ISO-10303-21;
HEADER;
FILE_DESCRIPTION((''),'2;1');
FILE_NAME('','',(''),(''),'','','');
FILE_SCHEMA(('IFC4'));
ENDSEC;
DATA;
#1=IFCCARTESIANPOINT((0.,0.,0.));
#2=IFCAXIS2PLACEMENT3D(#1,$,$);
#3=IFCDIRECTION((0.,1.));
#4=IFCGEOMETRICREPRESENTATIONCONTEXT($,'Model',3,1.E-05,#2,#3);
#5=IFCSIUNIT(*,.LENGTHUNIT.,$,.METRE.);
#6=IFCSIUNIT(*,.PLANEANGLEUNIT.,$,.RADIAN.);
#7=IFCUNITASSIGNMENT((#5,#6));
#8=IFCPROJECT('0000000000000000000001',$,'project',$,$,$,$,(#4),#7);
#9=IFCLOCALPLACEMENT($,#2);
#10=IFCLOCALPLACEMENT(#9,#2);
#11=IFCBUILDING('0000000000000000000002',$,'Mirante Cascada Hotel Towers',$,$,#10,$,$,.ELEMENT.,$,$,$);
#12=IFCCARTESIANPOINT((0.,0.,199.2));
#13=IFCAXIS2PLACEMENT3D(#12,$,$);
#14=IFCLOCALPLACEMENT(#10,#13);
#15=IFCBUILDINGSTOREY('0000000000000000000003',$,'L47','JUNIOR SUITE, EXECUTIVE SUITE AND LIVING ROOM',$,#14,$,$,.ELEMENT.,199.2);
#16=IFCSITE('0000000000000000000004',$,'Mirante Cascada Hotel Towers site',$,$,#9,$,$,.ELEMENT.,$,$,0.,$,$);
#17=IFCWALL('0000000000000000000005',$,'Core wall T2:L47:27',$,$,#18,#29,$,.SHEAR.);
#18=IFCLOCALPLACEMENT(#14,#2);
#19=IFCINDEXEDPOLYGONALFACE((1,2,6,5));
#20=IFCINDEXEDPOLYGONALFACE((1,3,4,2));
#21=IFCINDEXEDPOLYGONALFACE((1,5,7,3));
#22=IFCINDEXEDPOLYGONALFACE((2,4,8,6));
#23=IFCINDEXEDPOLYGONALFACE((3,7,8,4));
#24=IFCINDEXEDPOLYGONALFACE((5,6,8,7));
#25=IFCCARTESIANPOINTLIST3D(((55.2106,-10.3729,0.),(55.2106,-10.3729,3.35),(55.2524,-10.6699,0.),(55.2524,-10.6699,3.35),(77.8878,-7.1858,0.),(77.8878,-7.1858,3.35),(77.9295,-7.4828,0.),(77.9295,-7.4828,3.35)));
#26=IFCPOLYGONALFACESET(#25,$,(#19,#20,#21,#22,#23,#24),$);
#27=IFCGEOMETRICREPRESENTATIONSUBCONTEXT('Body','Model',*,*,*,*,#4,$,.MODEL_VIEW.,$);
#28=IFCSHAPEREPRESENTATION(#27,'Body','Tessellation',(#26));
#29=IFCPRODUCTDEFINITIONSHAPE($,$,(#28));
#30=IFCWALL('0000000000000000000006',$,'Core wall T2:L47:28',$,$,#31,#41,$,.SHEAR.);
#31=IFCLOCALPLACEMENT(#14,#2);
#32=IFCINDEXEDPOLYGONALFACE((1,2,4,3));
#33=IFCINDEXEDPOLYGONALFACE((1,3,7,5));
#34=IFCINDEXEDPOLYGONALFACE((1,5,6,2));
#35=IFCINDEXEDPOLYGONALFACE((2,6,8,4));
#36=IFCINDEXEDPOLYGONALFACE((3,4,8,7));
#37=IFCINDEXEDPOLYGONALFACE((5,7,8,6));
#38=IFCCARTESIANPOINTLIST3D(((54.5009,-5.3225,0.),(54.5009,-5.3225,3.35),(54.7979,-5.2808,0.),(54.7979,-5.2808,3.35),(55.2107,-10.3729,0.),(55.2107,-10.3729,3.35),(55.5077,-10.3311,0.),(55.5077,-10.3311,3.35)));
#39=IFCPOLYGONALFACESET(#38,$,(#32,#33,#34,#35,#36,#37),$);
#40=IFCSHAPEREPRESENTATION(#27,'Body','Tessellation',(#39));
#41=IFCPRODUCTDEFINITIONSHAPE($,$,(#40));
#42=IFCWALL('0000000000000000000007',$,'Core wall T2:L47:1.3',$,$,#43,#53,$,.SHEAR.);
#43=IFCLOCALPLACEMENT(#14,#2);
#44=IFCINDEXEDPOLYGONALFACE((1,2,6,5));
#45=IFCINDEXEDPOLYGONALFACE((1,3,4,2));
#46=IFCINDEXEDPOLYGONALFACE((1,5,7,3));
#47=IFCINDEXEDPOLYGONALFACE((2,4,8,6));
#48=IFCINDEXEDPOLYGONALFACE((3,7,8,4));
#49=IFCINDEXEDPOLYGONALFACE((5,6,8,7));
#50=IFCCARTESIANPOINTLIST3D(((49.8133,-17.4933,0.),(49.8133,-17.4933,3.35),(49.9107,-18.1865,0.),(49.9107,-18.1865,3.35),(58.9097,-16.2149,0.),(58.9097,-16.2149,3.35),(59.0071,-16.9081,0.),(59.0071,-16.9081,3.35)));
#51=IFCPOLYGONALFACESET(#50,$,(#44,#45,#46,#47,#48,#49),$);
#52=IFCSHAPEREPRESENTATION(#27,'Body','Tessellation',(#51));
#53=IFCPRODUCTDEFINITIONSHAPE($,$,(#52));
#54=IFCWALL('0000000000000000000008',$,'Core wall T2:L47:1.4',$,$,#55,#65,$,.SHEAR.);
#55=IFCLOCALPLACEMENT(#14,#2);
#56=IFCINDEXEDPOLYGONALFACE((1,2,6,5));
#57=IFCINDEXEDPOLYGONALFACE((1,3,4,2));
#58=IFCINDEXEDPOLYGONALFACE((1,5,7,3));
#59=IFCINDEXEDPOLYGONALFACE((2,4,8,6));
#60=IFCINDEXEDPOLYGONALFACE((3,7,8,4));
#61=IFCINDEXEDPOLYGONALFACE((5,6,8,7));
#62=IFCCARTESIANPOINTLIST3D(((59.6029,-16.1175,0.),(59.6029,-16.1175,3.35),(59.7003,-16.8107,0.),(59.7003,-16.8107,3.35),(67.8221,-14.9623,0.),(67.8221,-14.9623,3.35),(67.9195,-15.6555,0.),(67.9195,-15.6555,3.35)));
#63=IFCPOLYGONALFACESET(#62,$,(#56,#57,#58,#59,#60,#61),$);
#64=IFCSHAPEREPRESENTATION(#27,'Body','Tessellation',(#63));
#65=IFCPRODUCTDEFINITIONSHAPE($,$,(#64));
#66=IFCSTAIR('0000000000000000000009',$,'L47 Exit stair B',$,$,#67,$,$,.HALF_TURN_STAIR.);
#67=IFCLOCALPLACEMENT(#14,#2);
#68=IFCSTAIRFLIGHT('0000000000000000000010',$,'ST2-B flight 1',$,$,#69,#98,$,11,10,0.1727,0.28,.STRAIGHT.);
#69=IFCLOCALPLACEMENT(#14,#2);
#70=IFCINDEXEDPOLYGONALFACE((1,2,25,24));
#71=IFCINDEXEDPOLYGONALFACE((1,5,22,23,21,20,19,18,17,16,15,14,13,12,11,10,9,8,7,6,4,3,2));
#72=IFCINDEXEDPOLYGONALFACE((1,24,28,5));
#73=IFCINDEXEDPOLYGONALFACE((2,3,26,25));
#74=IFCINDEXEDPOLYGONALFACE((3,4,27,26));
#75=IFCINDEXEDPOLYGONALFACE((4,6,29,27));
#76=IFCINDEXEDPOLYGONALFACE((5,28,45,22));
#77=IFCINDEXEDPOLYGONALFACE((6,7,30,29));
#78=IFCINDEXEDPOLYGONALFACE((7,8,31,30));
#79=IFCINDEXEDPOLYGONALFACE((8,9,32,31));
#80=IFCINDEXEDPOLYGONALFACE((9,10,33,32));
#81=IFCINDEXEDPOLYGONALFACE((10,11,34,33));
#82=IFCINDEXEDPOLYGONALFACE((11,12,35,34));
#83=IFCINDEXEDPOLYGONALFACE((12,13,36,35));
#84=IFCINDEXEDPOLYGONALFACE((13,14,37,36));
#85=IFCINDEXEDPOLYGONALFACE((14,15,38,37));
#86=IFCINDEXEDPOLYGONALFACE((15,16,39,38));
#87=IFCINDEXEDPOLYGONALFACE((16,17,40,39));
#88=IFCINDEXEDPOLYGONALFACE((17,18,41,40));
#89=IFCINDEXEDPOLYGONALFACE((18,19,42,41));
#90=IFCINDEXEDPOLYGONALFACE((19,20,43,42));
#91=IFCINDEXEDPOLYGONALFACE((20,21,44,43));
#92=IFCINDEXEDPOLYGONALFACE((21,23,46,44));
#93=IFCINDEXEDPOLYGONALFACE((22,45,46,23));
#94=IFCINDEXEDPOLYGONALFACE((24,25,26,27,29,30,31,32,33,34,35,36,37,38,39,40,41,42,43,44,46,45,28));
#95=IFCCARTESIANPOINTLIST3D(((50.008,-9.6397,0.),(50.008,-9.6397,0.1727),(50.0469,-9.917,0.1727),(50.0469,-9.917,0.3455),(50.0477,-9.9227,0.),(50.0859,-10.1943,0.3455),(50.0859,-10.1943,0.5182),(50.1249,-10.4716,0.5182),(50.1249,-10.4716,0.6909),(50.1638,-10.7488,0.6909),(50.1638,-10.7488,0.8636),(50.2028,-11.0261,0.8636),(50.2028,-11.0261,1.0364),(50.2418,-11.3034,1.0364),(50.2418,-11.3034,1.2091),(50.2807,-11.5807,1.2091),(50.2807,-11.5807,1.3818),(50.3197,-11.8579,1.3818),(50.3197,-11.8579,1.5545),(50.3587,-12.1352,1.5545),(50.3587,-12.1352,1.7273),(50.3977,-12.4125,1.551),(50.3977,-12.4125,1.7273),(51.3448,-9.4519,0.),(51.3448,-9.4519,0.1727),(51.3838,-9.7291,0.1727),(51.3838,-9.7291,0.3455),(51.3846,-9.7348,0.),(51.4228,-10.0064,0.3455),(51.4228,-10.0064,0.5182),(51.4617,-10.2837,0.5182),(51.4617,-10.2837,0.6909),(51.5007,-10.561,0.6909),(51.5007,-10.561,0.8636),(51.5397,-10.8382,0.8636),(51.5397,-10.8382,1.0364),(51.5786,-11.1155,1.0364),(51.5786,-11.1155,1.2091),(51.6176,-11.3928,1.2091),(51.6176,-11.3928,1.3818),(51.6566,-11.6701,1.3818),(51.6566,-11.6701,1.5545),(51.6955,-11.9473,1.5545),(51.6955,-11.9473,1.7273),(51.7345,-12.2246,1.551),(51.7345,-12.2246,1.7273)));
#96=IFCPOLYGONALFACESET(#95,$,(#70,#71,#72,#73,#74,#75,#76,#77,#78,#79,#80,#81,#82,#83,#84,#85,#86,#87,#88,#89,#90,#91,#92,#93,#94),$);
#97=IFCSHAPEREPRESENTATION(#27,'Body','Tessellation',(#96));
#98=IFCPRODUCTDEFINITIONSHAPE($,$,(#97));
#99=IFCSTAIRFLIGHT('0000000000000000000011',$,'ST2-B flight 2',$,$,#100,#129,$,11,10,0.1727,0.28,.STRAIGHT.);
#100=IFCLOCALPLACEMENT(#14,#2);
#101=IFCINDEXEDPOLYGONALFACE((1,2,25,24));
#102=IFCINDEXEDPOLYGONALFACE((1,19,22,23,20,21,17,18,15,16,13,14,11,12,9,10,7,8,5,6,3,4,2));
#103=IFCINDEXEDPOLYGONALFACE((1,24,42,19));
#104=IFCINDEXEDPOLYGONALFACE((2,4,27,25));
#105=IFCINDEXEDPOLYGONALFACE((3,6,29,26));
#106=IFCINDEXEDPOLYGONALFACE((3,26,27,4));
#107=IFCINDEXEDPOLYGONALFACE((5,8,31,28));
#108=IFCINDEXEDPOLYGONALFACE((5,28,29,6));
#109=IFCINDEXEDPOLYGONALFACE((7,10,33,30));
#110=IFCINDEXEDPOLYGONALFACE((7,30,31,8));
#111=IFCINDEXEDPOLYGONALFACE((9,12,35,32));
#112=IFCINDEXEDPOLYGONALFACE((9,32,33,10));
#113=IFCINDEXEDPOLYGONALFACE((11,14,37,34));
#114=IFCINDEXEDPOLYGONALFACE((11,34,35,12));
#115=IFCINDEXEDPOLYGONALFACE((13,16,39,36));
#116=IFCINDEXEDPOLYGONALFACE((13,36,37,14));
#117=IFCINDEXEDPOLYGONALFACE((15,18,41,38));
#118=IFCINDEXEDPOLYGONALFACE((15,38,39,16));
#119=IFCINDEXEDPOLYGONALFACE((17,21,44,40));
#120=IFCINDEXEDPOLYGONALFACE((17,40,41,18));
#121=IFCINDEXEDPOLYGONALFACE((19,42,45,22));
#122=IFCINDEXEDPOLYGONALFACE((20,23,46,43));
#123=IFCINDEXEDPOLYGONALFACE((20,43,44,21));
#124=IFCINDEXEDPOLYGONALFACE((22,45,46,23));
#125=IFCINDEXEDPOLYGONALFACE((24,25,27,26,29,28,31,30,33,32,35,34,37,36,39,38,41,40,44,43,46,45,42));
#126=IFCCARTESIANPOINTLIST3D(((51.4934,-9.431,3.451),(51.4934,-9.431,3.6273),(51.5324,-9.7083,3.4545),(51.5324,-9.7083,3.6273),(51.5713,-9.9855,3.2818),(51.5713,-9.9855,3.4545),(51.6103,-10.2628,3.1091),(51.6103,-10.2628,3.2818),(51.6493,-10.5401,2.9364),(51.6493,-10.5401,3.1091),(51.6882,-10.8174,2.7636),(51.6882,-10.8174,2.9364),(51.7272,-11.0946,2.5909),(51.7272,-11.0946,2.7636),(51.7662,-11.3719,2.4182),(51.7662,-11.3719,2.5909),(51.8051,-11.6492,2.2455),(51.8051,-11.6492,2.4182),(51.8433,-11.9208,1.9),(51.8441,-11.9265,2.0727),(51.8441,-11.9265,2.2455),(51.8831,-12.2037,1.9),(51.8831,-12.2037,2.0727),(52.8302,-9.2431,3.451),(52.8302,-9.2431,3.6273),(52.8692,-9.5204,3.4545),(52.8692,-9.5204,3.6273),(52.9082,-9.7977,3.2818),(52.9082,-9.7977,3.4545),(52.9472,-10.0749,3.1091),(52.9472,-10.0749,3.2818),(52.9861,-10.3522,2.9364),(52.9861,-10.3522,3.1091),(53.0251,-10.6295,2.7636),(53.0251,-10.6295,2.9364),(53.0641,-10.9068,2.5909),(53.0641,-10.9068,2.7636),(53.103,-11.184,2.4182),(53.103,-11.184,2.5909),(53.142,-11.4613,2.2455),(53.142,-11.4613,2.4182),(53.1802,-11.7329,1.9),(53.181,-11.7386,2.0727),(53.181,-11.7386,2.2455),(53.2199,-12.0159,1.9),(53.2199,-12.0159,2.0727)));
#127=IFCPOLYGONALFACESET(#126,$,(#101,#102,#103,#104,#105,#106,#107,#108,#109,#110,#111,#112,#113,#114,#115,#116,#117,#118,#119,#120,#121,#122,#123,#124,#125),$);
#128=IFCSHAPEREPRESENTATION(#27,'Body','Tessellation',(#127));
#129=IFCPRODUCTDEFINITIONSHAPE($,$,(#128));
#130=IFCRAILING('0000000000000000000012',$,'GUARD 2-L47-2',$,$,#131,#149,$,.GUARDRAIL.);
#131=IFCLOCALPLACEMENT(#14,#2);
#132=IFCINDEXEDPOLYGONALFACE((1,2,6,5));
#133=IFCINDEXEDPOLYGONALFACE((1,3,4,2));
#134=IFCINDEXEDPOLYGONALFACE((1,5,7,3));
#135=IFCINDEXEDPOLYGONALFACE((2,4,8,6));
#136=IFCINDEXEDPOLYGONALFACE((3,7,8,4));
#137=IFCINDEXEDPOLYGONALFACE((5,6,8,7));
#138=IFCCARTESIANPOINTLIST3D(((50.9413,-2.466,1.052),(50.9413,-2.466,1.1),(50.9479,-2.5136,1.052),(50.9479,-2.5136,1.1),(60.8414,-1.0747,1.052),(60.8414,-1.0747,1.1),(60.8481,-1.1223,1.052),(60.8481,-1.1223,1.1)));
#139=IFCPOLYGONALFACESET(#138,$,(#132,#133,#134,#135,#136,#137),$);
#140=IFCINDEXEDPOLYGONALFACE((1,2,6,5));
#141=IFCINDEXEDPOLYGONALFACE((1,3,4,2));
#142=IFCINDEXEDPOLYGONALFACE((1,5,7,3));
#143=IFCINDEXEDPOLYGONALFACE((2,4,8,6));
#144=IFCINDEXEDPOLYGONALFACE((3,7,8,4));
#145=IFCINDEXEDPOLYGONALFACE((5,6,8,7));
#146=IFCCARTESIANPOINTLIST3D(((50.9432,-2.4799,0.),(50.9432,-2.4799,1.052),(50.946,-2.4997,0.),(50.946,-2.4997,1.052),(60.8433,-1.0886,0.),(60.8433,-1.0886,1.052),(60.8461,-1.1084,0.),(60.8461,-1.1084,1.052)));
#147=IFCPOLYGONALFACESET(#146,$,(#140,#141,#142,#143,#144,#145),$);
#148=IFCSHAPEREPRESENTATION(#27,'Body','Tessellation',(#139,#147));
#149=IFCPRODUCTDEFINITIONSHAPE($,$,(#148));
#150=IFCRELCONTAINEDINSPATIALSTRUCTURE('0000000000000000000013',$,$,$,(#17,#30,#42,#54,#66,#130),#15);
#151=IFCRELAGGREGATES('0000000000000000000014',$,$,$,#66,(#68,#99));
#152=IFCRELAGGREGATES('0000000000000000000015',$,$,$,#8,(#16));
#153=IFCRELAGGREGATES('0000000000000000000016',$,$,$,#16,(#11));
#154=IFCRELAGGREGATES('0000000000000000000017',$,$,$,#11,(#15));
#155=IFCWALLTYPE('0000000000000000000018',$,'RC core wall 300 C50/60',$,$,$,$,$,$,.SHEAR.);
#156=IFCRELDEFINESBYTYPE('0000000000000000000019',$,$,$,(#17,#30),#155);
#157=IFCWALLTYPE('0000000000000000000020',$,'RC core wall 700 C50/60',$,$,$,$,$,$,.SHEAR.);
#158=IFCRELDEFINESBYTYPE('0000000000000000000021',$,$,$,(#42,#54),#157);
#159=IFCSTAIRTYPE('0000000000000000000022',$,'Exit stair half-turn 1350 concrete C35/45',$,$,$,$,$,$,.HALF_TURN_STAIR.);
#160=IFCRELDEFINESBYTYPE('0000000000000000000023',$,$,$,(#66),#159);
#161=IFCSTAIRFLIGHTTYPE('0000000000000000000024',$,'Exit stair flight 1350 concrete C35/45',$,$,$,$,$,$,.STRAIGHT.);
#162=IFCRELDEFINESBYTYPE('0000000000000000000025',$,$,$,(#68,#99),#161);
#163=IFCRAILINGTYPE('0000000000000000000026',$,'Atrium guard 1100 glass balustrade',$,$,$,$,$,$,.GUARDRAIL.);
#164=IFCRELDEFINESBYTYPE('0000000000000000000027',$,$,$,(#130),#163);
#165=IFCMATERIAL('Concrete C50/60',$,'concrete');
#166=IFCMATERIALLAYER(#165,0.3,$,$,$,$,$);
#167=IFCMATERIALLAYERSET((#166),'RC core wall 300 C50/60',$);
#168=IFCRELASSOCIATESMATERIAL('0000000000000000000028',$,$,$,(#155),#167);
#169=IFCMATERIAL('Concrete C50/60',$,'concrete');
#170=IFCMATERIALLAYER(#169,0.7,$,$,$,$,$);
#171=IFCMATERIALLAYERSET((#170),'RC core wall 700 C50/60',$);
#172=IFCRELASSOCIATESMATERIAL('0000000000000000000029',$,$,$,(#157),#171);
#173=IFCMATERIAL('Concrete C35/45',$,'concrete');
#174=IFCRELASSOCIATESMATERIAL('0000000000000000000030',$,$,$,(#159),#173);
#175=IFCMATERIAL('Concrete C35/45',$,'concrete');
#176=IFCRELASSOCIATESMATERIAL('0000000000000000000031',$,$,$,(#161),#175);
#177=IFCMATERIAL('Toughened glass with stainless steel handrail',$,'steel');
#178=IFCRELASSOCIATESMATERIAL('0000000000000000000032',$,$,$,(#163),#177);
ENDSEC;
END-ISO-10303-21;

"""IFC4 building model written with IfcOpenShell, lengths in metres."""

from ifc_helpers import new_model, si_unit, direction, frame, frame_2d, origin, origin_2d, place, context, subcontext, project, spatial, polyline, rectangle, outline, extrude, material, layer, layer_set, type_object, element, aggregate, save


model = new_model("IFC4")

# Units and contexts
model_context = context("Model", 3, precision=1e-05, world=origin(), true_north=direction((0.0, 1.0)))
body_context = subcontext(model_context, "Body", "Model", "MODEL_VIEW")
ifc_project = project(units=[si_unit("LENGTHUNIT", "METRE"), si_unit("PLANEANGLEUNIT", "RADIAN")], contexts=[model_context])

# Site, building, storey
site_placement = place(None, origin())
site = spatial("IfcSite", under=ifc_project, at=site_placement, Name="Mirante Cascada Hotel Towers site", CompositionType="ELEMENT", RefElevation=0.0)
building_placement = place(site_placement, origin())
building = spatial("IfcBuilding", under=site, at=building_placement, Name="Mirante Cascada Hotel Towers", CompositionType="ELEMENT")
storey_placement = place(building_placement, frame((0.0, 0.0, 199.2)))
storey = spatial("IfcBuildingStorey", under=building, at=storey_placement, Name="L47", Description="JUNIOR SUITE, EXECUTIVE SUITE AND LIVING ROOM", CompositionType="ELEMENT", Elevation=199.2)

# Shared definitions
ifc_material_1 = material(Name="Concrete C50/60", Category="concrete")
ifc_layer_1 = layer(ifc_material_1, 0.3)
ifc_layer_set_1 = layer_set([ifc_layer_1], Name="RC core wall 300 C50/60")
wall_type_1 = type_object("IfcWallType", Name="RC core wall 300 C50/60", PredefinedType="SHEAR", material=ifc_layer_set_1)

# Walls
wall_1_placement = place(storey_placement, frame((55.2315, -10.5214, 0.0), z_axis=(0.0, 0.0, 1.0), x_axis=(0.990268, 0.139175, 0.0)))
element("IfcWall", 1, at=wall_1_placement, inside=storey, type_object=wall_type_1, Name="Core wall T2:L47:27", PredefinedType="SHEAR", context=body_context, shape_type="SweptSolid", body=[
    extrude(rectangle(XDim=22.9, YDim=0.3, at=frame_2d((11.45, 0.0))), origin(), (0.0, 0.0, 1.0), 3.35),
])
wall_2_placement = place(storey_placement, frame((55.3592, -10.352, 0.0), z_axis=(0.0, 0.0, 1.0), x_axis=(-0.139176, 0.990268, 0.0)))
element("IfcWall", 2, at=wall_2_placement, inside=storey, type_object=wall_type_1, Name="Core wall T2:L47:28", PredefinedType="SHEAR", context=body_context, shape_type="SweptSolid", body=[
    extrude(rectangle(XDim=5.1, YDim=0.3, at=frame_2d((2.55, 0.0))), origin(), (0.0, 0.0, 1.0), 3.35),
])
ifc_material_2 = material(Name="Concrete C50/60", Category="concrete")
ifc_layer_2 = layer(ifc_material_2, 0.7)
ifc_layer_set_2 = layer_set([ifc_layer_2], Name="RC core wall 700 C50/60")
wall_type_2 = type_object("IfcWallType", Name="RC core wall 700 C50/60", PredefinedType="SHEAR", material=ifc_layer_set_2)
wall_3_placement = place(storey_placement, frame((49.862, -17.8399, 0.0), z_axis=(0.0, 0.0, 1.0), x_axis=(0.990268, 0.139171, 0.0)))
element("IfcWall", 3, at=wall_3_placement, inside=storey, type_object=wall_type_2, Name="Core wall T2:L47:1.3", PredefinedType="SHEAR", context=body_context, shape_type="SweptSolid", body=[
    extrude(rectangle(XDim=9.1858, YDim=0.7, at=frame_2d((4.5929, 0.0))), origin(), (0.0, 0.0, 1.0), 3.35),
])
wall_4_placement = place(storey_placement, frame((59.6516, -16.4641, 0.0), z_axis=(0.0, 0.0, 1.0), x_axis=(0.990267, 0.139181, 0.0)))
element("IfcWall", 4, at=wall_4_placement, inside=storey, type_object=wall_type_2, Name="Core wall T2:L47:1.4", PredefinedType="SHEAR", context=body_context, shape_type="SweptSolid", body=[
    extrude(rectangle(XDim=8.3, YDim=0.7, at=frame_2d((4.15, 0.0))), origin(), (0.0, 0.0, 1.0), 3.35),
])

# Stair, stair flights
ifc_material_3 = material(Name="Concrete C35/45", Category="concrete")
stair_type = type_object("IfcStairType", Name="Exit stair half-turn 1350 concrete C35/45", PredefinedType="HALF_TURN_STAIR", material=ifc_material_3)
stair_placement = place(storey_placement, origin())
stair = element("IfcStair", 5, at=stair_placement, inside=storey, type_object=stair_type, Name="L47 Exit stair B", PredefinedType="HALF_TURN_STAIR")
ifc_material_4 = material(Name="Concrete C35/45", Category="concrete")
stair_flight_type = type_object("IfcStairFlightType", Name="Exit stair flight 1350 concrete C35/45", PredefinedType="STRAIGHT", material=ifc_material_4)
stair_flight_1_placement = place(storey_placement, frame((50.6764, -9.5458, 0.0), z_axis=(0.0, 0.0, 1.0), x_axis=(0.139173, -0.990268, 0.0)))
stair_flight_1 = element("IfcStairFlight", 6, at=stair_flight_1_placement, type_object=stair_flight_type, Name="ST2-B flight 1", NumberOfRisers=11, NumberOfTreads=10, PredefinedType="STRAIGHT", RiserHeight=0.1727, TreadLength=0.28, context=body_context, shape_type="SweptSolid", body=[
    extrude(outline(polyline([(0.0, 0.0), (0.0, 0.1727), (0.28, 0.1727), (0.28, 0.3455), (0.56, 0.3455), (0.56, 0.5182), (0.84, 0.5182), (0.84, 0.6909), (1.12, 0.6909), (1.12, 0.8636), (1.4, 0.8636), (1.4, 1.0364), (1.68, 1.0364), (1.68, 1.2091), (1.96, 1.2091), (1.96, 1.3818), (2.24, 1.3818), (2.24, 1.5545), (2.52, 1.5545), (2.52, 1.7273), (2.8, 1.7273), (2.8, 1.9), (2.8, 1.551), (0.2857, 0.0), (0.0, 0.0)])), frame((0.0, 0.675, 0.0), z_axis=(0.0, -1.0, 0.0), x_axis=(1.0, 0.0, 0.0)), (0.0, 0.0, 1.0), 1.35),
])
stair_flight_2_placement = place(storey_placement, frame((52.5515, -12.1098, 1.9), z_axis=(0.0, 0.0, 1.0), x_axis=(-0.139173, 0.990268, 0.0)))
stair_flight_2 = element("IfcStairFlight", 7, at=stair_flight_2_placement, type_object=stair_flight_type, Name="ST2-B flight 2", NumberOfRisers=11, NumberOfTreads=10, PredefinedType="STRAIGHT", RiserHeight=0.1727, TreadLength=0.28, context=body_context, shape_type="SweptSolid", body=[
    extrude(outline(polyline([(0.0, 0.0), (0.0, 0.1727), (0.28, 0.1727), (0.28, 0.3455), (0.56, 0.3455), (0.56, 0.5182), (0.84, 0.5182), (0.84, 0.6909), (1.12, 0.6909), (1.12, 0.8636), (1.4, 0.8636), (1.4, 1.0364), (1.68, 1.0364), (1.68, 1.2091), (1.96, 1.2091), (1.96, 1.3818), (2.24, 1.3818), (2.24, 1.5545), (2.52, 1.5545), (2.52, 1.7273), (2.8, 1.7273), (2.8, 1.9), (2.8, 1.551), (0.2857, 0.0), (0.0, 0.0)])), frame((0.0, 0.675, 0.0), z_axis=(0.0, -1.0, 0.0), x_axis=(1.0, 0.0, 0.0)), (0.0, 0.0, 1.0), 1.35),
])
aggregate(stair, [stair_flight_1, stair_flight_2])

# Railing
ifc_material_5 = material(Name="Toughened glass with stainless steel handrail", Category="steel")
railing_type_1 = type_object("IfcRailingType", Name="Atrium guard 1100 glass balustrade", PredefinedType="GUARDRAIL", material=ifc_material_5)
railing_1_placement = place(storey_placement, frame((50.9446, -2.4898, 0.0)))
element("IfcRailing", 8, at=railing_1_placement, inside=storey, type_object=railing_type_1, Name="GUARD 2-L47-2", PredefinedType="GUARDRAIL", context=body_context, shape_type="SweptSolid", body=[
    extrude(rectangle(XDim=0.048, YDim=0.048, at=origin_2d()), frame((0.0, 0.0, 1.076), z_axis=(0.990269, 0.139166, 0.0), x_axis=(-0.139166, 0.990269, 0.0)), (0.0, 0.0, 1.0), 9.9974),
    extrude(rectangle(XDim=0.02, YDim=1.052, at=origin_2d()), frame((0.0, 0.0, 0.526), z_axis=(0.990269, 0.139166, 0.0), x_axis=(-0.139166, 0.990269, 0.0)), (0.0, 0.0, 1.0), 9.9974),
])

save(model, "model.ifc")
